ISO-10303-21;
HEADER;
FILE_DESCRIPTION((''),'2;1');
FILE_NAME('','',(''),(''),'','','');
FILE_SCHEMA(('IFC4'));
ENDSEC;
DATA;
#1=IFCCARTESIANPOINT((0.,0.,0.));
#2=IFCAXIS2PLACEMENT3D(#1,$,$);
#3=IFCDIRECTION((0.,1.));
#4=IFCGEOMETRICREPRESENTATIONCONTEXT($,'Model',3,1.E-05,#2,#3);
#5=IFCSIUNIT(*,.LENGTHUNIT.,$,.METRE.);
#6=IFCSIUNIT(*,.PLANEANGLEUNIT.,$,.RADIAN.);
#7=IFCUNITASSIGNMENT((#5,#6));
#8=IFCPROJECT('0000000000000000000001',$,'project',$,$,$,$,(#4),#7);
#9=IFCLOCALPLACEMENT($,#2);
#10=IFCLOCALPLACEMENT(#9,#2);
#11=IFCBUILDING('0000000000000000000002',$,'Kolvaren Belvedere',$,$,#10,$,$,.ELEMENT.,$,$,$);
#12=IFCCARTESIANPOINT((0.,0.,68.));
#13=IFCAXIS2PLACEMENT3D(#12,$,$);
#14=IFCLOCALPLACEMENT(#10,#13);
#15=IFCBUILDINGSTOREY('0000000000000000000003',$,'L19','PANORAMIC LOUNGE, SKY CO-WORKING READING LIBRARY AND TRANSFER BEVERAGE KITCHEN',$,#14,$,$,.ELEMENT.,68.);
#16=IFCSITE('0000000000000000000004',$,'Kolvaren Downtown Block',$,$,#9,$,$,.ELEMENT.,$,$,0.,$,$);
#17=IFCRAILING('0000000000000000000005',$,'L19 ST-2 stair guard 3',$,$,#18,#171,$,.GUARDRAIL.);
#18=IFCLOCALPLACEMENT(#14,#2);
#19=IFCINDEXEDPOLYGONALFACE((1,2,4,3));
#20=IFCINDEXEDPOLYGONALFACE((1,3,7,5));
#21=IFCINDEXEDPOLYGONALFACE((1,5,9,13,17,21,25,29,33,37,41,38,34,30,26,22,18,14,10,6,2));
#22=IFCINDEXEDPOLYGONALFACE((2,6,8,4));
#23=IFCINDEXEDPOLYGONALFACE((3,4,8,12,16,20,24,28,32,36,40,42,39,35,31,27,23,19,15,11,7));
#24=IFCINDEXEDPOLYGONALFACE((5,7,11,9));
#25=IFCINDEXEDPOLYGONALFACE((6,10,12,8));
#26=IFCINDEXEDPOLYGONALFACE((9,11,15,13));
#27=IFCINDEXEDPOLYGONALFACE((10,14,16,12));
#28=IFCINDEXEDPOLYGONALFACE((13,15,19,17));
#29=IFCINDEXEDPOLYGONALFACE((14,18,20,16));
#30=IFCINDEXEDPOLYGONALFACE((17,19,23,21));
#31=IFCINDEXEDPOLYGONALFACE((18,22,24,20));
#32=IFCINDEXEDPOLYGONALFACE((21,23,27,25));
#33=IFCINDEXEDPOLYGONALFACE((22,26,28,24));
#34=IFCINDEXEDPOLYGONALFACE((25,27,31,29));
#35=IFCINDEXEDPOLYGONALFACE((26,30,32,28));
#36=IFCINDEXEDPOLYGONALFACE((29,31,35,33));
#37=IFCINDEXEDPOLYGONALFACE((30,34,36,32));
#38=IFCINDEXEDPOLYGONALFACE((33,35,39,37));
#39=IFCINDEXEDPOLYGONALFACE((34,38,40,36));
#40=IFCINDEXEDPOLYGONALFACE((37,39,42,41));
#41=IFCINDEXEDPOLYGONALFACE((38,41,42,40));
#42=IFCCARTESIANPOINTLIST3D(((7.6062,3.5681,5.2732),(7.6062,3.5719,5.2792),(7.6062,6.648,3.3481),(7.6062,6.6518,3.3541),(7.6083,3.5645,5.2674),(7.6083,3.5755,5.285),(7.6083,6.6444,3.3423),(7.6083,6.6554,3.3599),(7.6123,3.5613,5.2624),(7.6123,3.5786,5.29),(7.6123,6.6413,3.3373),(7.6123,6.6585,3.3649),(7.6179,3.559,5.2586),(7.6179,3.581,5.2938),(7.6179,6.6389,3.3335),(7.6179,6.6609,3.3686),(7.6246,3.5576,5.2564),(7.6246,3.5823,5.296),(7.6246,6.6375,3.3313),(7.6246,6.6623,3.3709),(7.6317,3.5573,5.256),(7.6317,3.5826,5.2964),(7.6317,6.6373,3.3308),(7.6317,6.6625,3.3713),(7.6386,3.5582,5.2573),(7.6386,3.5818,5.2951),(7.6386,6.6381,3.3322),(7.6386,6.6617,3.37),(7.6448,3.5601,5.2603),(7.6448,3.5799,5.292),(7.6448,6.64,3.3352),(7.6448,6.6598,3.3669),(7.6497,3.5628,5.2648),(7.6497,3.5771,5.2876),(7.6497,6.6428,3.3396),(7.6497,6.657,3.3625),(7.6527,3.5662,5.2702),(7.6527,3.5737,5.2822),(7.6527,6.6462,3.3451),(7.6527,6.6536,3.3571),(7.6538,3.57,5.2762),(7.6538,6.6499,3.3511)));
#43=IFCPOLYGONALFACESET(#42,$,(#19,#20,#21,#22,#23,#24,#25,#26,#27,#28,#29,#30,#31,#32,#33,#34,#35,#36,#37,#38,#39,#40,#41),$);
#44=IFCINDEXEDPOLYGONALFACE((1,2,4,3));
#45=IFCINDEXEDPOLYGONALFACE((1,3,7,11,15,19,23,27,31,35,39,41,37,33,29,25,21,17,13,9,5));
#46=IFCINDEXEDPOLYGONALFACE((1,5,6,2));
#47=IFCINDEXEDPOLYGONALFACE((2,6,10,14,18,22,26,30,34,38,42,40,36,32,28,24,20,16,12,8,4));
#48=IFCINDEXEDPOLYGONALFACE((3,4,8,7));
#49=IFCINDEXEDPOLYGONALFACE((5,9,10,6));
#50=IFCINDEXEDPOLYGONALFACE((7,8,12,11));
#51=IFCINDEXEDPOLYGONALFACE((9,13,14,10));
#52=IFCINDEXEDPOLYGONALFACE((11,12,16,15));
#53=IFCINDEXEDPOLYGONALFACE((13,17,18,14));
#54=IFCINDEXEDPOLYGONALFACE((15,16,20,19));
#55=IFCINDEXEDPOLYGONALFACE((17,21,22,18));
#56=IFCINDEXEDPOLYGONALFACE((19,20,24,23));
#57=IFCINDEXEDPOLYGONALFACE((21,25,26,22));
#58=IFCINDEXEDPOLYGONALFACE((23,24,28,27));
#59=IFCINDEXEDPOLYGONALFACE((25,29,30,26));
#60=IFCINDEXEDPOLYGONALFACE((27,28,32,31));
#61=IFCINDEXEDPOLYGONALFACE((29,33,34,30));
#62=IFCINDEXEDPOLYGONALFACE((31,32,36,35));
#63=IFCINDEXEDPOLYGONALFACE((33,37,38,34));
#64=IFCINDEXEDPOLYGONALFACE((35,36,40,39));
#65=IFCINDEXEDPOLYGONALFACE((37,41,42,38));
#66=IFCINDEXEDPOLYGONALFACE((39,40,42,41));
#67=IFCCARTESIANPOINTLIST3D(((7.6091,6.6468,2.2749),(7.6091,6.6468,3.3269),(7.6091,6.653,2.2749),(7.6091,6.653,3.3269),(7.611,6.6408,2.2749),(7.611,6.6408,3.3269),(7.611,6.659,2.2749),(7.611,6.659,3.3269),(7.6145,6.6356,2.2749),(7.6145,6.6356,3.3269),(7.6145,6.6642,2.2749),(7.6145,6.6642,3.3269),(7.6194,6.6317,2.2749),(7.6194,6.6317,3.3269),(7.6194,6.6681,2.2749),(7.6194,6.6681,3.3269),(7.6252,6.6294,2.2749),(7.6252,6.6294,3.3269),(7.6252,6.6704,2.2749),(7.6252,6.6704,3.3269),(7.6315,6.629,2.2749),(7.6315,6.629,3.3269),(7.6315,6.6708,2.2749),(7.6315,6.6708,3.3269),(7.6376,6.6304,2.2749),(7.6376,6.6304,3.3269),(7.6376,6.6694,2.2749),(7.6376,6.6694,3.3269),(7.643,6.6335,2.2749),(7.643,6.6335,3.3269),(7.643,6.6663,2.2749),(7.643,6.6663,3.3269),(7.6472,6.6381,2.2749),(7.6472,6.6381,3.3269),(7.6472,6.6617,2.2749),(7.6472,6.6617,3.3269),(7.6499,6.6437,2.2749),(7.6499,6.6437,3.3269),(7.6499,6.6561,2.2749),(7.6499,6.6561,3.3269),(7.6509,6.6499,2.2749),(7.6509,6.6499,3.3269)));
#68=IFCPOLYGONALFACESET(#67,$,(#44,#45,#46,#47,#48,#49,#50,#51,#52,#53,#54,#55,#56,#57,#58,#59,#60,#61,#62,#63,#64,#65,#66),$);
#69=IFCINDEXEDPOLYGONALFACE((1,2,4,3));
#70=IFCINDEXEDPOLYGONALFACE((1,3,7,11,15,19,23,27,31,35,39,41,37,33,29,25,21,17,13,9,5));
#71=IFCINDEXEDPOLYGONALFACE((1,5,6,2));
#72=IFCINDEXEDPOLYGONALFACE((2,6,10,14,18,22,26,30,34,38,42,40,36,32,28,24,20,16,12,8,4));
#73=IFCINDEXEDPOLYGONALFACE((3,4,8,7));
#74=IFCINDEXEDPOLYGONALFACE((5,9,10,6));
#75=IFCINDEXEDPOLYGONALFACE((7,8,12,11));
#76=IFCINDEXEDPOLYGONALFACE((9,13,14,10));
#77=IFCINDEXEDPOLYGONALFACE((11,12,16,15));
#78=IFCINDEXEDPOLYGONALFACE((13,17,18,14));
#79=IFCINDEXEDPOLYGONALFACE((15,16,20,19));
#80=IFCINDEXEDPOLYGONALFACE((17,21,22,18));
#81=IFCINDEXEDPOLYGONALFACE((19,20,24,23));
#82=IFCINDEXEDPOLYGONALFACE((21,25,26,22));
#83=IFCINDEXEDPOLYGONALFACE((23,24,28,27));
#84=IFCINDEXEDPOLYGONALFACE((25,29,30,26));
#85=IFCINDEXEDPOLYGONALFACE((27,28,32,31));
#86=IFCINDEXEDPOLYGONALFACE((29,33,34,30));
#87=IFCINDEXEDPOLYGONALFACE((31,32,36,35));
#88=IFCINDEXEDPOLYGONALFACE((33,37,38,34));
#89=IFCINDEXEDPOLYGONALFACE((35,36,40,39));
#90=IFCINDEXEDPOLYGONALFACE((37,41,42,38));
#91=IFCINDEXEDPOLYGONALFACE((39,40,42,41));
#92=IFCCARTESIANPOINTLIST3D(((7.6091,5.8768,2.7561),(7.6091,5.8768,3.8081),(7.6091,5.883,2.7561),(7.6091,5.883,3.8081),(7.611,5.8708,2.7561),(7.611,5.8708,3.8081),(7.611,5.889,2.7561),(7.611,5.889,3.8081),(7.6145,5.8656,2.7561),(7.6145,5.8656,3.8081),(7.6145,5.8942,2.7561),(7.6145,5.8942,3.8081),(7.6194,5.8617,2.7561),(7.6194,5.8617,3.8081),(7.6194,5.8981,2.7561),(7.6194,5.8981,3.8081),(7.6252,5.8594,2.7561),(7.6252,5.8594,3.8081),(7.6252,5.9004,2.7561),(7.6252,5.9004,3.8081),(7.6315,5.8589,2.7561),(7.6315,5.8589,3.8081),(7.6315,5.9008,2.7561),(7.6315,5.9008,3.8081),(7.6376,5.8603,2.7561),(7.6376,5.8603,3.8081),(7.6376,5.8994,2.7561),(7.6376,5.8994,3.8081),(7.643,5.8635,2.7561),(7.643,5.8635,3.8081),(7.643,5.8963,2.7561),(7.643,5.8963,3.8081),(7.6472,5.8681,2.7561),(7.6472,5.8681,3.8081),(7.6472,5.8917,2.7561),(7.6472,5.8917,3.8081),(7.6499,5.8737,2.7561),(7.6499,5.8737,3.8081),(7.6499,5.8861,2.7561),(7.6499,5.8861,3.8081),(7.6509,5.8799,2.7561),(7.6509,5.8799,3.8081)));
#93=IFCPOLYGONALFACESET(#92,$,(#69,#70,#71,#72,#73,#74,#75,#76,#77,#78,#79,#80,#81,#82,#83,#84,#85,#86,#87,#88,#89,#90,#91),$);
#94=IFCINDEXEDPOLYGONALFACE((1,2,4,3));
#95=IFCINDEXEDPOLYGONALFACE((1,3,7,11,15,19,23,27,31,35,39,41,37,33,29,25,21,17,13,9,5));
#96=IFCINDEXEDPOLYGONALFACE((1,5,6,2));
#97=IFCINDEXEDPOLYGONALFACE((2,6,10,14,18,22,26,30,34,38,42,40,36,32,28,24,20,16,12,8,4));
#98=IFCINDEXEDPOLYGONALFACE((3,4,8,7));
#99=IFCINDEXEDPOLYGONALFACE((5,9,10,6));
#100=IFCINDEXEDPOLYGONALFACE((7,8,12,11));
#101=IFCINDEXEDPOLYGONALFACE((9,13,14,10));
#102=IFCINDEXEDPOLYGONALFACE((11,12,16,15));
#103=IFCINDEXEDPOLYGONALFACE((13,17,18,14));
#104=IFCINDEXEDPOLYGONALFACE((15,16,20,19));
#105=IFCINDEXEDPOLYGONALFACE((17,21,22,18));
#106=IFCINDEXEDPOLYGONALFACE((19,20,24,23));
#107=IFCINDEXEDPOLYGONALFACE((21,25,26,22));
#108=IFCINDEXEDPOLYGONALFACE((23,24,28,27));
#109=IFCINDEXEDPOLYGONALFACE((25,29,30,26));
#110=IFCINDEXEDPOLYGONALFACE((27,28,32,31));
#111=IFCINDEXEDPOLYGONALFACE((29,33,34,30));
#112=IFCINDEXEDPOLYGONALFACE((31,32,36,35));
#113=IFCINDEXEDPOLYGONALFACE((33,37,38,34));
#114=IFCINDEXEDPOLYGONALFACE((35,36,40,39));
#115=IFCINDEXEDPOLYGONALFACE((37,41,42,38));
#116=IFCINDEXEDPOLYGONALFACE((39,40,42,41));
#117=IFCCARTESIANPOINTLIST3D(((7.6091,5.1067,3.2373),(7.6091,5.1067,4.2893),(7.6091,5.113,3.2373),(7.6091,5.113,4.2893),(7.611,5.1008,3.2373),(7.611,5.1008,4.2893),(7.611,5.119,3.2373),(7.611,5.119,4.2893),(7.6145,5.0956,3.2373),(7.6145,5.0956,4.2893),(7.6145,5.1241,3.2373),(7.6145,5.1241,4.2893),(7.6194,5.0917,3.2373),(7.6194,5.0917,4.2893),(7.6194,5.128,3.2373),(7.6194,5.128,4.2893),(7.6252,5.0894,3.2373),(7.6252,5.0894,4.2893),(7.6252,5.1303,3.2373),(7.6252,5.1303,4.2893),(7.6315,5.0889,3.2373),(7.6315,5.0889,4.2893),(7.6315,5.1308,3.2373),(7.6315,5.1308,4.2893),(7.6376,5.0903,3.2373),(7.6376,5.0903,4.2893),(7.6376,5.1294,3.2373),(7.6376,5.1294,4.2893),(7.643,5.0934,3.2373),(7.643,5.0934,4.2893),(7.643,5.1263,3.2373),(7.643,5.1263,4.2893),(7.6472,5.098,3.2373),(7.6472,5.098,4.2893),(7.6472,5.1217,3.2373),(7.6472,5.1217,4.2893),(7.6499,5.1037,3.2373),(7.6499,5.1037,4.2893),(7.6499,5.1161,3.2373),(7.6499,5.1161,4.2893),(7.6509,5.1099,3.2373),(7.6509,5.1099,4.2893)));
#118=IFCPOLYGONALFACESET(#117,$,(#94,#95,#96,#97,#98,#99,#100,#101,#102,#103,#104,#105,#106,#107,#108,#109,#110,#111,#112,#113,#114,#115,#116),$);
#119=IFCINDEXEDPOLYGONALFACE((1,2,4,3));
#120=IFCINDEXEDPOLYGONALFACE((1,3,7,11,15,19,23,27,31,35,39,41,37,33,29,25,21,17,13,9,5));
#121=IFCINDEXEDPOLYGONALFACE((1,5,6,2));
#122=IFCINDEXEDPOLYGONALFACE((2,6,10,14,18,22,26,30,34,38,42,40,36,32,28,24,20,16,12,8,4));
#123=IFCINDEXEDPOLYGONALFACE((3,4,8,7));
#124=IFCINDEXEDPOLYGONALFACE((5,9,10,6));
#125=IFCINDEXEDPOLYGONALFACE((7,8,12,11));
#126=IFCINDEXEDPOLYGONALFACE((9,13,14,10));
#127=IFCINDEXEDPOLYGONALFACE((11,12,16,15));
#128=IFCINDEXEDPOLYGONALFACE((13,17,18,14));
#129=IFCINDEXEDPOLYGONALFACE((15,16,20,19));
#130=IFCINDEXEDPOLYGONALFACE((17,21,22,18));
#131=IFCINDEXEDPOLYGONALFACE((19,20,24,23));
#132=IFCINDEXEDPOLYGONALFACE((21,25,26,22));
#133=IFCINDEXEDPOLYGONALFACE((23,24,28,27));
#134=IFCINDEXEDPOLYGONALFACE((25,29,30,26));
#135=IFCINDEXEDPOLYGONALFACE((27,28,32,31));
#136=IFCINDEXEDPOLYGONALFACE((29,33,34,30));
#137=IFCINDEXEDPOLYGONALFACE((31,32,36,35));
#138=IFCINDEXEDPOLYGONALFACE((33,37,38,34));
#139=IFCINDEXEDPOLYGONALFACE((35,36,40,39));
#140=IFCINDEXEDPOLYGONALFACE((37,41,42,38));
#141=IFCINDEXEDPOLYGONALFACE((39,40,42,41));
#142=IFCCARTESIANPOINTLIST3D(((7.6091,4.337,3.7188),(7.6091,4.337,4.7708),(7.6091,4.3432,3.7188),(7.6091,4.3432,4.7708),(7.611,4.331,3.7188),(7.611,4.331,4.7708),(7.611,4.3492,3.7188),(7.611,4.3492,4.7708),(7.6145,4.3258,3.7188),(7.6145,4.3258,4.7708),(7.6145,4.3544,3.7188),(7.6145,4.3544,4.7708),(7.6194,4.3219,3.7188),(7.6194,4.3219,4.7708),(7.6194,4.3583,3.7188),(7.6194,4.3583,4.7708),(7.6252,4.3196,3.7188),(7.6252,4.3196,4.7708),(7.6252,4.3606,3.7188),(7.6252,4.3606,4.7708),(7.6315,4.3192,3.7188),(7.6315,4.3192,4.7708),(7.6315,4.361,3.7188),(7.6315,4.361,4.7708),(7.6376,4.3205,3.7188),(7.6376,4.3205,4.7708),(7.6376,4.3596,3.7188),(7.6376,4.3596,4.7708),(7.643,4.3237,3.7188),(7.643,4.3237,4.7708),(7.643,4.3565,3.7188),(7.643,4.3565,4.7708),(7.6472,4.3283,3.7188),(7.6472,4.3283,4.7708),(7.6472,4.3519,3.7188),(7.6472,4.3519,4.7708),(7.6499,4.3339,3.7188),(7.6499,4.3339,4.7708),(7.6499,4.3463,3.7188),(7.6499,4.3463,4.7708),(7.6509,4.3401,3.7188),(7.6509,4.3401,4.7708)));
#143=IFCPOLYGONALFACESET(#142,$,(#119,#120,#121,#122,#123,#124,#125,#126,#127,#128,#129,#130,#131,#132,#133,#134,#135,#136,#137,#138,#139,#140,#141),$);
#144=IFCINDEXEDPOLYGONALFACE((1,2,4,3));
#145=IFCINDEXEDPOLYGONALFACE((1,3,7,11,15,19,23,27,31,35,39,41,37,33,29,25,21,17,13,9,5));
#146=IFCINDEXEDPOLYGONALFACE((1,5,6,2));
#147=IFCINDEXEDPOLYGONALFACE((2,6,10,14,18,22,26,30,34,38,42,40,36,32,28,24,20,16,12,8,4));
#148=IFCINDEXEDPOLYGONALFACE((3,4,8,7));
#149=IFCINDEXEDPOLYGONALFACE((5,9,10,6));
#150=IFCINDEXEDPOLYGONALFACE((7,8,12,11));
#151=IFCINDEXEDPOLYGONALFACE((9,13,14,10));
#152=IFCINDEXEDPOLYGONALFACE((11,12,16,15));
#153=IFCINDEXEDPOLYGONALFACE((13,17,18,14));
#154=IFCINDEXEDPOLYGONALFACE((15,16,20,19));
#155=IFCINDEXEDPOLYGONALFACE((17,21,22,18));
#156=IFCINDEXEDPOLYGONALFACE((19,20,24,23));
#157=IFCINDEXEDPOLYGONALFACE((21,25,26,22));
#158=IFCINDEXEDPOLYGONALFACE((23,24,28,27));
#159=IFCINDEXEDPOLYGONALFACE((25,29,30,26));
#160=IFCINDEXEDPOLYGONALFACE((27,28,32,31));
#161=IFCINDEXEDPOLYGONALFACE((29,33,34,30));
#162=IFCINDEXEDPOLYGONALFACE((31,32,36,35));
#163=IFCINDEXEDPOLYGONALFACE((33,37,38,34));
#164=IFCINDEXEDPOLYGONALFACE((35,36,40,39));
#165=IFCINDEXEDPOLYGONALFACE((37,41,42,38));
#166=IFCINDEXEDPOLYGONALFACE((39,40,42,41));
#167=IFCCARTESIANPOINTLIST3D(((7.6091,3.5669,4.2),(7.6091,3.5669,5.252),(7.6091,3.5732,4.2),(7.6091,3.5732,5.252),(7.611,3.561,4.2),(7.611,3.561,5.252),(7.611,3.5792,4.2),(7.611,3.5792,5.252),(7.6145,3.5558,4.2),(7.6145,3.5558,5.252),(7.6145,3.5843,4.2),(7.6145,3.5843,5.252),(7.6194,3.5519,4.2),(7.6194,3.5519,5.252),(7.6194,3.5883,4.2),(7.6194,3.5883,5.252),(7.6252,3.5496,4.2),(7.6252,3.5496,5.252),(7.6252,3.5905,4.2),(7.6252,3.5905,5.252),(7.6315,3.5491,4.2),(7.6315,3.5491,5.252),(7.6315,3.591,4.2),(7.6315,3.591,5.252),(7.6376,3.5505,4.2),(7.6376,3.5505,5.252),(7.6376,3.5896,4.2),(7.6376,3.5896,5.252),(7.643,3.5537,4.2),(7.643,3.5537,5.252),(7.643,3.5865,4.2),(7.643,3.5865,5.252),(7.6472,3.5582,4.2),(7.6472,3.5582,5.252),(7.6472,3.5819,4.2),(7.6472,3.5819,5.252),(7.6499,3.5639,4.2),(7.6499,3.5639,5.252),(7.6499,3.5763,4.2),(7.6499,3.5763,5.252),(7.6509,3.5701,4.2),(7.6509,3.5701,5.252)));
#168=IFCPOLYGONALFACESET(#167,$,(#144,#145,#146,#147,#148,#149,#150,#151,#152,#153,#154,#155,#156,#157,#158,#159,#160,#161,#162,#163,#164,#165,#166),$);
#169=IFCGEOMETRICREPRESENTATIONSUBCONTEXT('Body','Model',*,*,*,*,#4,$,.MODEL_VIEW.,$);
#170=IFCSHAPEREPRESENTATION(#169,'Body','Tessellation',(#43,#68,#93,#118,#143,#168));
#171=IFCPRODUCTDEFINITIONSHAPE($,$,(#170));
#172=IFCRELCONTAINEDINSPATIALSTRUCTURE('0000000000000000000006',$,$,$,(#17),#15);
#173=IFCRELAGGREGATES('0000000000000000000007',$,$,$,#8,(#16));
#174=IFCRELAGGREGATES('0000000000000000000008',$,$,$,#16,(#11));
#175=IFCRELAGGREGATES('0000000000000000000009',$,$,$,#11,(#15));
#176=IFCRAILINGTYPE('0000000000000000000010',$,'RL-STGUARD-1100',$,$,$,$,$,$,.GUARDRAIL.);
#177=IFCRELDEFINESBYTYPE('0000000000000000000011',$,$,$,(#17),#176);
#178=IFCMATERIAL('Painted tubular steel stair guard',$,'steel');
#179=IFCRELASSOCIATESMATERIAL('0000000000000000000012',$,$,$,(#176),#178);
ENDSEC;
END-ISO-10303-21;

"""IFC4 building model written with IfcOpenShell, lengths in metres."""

from ifc_helpers import new_model, si_unit, direction, frame, origin, origin_2d, place, context, subcontext, project, spatial, circle, extrude, material, type_object, element, save


model = new_model("IFC4")

# Units and contexts
model_context = context("Model", 3, precision=1e-05, world=origin(), true_north=direction((0.0, 1.0)))
body_context = subcontext(model_context, "Body", "Model", "MODEL_VIEW")
ifc_project = project(units=[si_unit("LENGTHUNIT", "METRE"), si_unit("PLANEANGLEUNIT", "RADIAN")], contexts=[model_context])

# Site, building, storey
site_placement = place(None, origin())
site = spatial("IfcSite", under=ifc_project, at=site_placement, Name="Kolvaren Downtown Block", CompositionType="ELEMENT", RefElevation=0.0)
building_placement = place(site_placement, origin())
building = spatial("IfcBuilding", under=site, at=building_placement, Name="Kolvaren Belvedere", CompositionType="ELEMENT")
storey_placement = place(building_placement, frame((0.0, 0.0, 68.0)))
storey = spatial("IfcBuildingStorey", under=building, at=storey_placement, Name="L19", Description="PANORAMIC LOUNGE, SKY CO-WORKING READING LIBRARY AND TRANSFER BEVERAGE KITCHEN", CompositionType="ELEMENT", Elevation=68.0)

# Railing
ifc_material_1 = material(Name="Painted tubular steel stair guard", Category="steel")
railing_type_1 = type_object("IfcRailingType", Name="RL-STGUARD-1100", PredefinedType="GUARDRAIL", material=ifc_material_1)
railing_1_placement = place(storey_placement, frame((7.6299, 6.6499, 2.2749)))
element("IfcRailing", 1, at=railing_1_placement, inside=storey, type_object=railing_type_1, Name="L19 ST-2 stair guard 3", PredefinedType="GUARDRAIL", context=body_context, shape_type="SweptSolid", body=[
    extrude(circle(Radius=0.0239, at=origin_2d()), frame((0.0, 0.0, 1.0762), z_axis=(0.0, -0.847979, 0.530029), x_axis=(1.0, 0.0, 0.0)), (0.0, 0.0, 1.0), 3.6321),
    extrude(circle(Radius=0.021, at=origin_2d()), origin(), (0.0, 0.0, 1.0), 1.052),
    extrude(circle(Radius=0.021, at=origin_2d()), frame((0.0, -0.77, 0.4812)), (0.0, 0.0, 1.0), 1.052),
    extrude(circle(Radius=0.021, at=origin_2d()), frame((0.0, -1.54, 0.9624)), (0.0, 0.0, 1.0), 1.052),
    extrude(circle(Radius=0.021, at=origin_2d()), frame((0.0, -2.3098, 1.4438)), (0.0, 0.0, 1.0), 1.052),
    extrude(circle(Radius=0.021, at=origin_2d()), frame((0.0, -3.0798, 1.925)), (0.0, 0.0, 1.0), 1.052),
])

save(model, "model.ifc")
